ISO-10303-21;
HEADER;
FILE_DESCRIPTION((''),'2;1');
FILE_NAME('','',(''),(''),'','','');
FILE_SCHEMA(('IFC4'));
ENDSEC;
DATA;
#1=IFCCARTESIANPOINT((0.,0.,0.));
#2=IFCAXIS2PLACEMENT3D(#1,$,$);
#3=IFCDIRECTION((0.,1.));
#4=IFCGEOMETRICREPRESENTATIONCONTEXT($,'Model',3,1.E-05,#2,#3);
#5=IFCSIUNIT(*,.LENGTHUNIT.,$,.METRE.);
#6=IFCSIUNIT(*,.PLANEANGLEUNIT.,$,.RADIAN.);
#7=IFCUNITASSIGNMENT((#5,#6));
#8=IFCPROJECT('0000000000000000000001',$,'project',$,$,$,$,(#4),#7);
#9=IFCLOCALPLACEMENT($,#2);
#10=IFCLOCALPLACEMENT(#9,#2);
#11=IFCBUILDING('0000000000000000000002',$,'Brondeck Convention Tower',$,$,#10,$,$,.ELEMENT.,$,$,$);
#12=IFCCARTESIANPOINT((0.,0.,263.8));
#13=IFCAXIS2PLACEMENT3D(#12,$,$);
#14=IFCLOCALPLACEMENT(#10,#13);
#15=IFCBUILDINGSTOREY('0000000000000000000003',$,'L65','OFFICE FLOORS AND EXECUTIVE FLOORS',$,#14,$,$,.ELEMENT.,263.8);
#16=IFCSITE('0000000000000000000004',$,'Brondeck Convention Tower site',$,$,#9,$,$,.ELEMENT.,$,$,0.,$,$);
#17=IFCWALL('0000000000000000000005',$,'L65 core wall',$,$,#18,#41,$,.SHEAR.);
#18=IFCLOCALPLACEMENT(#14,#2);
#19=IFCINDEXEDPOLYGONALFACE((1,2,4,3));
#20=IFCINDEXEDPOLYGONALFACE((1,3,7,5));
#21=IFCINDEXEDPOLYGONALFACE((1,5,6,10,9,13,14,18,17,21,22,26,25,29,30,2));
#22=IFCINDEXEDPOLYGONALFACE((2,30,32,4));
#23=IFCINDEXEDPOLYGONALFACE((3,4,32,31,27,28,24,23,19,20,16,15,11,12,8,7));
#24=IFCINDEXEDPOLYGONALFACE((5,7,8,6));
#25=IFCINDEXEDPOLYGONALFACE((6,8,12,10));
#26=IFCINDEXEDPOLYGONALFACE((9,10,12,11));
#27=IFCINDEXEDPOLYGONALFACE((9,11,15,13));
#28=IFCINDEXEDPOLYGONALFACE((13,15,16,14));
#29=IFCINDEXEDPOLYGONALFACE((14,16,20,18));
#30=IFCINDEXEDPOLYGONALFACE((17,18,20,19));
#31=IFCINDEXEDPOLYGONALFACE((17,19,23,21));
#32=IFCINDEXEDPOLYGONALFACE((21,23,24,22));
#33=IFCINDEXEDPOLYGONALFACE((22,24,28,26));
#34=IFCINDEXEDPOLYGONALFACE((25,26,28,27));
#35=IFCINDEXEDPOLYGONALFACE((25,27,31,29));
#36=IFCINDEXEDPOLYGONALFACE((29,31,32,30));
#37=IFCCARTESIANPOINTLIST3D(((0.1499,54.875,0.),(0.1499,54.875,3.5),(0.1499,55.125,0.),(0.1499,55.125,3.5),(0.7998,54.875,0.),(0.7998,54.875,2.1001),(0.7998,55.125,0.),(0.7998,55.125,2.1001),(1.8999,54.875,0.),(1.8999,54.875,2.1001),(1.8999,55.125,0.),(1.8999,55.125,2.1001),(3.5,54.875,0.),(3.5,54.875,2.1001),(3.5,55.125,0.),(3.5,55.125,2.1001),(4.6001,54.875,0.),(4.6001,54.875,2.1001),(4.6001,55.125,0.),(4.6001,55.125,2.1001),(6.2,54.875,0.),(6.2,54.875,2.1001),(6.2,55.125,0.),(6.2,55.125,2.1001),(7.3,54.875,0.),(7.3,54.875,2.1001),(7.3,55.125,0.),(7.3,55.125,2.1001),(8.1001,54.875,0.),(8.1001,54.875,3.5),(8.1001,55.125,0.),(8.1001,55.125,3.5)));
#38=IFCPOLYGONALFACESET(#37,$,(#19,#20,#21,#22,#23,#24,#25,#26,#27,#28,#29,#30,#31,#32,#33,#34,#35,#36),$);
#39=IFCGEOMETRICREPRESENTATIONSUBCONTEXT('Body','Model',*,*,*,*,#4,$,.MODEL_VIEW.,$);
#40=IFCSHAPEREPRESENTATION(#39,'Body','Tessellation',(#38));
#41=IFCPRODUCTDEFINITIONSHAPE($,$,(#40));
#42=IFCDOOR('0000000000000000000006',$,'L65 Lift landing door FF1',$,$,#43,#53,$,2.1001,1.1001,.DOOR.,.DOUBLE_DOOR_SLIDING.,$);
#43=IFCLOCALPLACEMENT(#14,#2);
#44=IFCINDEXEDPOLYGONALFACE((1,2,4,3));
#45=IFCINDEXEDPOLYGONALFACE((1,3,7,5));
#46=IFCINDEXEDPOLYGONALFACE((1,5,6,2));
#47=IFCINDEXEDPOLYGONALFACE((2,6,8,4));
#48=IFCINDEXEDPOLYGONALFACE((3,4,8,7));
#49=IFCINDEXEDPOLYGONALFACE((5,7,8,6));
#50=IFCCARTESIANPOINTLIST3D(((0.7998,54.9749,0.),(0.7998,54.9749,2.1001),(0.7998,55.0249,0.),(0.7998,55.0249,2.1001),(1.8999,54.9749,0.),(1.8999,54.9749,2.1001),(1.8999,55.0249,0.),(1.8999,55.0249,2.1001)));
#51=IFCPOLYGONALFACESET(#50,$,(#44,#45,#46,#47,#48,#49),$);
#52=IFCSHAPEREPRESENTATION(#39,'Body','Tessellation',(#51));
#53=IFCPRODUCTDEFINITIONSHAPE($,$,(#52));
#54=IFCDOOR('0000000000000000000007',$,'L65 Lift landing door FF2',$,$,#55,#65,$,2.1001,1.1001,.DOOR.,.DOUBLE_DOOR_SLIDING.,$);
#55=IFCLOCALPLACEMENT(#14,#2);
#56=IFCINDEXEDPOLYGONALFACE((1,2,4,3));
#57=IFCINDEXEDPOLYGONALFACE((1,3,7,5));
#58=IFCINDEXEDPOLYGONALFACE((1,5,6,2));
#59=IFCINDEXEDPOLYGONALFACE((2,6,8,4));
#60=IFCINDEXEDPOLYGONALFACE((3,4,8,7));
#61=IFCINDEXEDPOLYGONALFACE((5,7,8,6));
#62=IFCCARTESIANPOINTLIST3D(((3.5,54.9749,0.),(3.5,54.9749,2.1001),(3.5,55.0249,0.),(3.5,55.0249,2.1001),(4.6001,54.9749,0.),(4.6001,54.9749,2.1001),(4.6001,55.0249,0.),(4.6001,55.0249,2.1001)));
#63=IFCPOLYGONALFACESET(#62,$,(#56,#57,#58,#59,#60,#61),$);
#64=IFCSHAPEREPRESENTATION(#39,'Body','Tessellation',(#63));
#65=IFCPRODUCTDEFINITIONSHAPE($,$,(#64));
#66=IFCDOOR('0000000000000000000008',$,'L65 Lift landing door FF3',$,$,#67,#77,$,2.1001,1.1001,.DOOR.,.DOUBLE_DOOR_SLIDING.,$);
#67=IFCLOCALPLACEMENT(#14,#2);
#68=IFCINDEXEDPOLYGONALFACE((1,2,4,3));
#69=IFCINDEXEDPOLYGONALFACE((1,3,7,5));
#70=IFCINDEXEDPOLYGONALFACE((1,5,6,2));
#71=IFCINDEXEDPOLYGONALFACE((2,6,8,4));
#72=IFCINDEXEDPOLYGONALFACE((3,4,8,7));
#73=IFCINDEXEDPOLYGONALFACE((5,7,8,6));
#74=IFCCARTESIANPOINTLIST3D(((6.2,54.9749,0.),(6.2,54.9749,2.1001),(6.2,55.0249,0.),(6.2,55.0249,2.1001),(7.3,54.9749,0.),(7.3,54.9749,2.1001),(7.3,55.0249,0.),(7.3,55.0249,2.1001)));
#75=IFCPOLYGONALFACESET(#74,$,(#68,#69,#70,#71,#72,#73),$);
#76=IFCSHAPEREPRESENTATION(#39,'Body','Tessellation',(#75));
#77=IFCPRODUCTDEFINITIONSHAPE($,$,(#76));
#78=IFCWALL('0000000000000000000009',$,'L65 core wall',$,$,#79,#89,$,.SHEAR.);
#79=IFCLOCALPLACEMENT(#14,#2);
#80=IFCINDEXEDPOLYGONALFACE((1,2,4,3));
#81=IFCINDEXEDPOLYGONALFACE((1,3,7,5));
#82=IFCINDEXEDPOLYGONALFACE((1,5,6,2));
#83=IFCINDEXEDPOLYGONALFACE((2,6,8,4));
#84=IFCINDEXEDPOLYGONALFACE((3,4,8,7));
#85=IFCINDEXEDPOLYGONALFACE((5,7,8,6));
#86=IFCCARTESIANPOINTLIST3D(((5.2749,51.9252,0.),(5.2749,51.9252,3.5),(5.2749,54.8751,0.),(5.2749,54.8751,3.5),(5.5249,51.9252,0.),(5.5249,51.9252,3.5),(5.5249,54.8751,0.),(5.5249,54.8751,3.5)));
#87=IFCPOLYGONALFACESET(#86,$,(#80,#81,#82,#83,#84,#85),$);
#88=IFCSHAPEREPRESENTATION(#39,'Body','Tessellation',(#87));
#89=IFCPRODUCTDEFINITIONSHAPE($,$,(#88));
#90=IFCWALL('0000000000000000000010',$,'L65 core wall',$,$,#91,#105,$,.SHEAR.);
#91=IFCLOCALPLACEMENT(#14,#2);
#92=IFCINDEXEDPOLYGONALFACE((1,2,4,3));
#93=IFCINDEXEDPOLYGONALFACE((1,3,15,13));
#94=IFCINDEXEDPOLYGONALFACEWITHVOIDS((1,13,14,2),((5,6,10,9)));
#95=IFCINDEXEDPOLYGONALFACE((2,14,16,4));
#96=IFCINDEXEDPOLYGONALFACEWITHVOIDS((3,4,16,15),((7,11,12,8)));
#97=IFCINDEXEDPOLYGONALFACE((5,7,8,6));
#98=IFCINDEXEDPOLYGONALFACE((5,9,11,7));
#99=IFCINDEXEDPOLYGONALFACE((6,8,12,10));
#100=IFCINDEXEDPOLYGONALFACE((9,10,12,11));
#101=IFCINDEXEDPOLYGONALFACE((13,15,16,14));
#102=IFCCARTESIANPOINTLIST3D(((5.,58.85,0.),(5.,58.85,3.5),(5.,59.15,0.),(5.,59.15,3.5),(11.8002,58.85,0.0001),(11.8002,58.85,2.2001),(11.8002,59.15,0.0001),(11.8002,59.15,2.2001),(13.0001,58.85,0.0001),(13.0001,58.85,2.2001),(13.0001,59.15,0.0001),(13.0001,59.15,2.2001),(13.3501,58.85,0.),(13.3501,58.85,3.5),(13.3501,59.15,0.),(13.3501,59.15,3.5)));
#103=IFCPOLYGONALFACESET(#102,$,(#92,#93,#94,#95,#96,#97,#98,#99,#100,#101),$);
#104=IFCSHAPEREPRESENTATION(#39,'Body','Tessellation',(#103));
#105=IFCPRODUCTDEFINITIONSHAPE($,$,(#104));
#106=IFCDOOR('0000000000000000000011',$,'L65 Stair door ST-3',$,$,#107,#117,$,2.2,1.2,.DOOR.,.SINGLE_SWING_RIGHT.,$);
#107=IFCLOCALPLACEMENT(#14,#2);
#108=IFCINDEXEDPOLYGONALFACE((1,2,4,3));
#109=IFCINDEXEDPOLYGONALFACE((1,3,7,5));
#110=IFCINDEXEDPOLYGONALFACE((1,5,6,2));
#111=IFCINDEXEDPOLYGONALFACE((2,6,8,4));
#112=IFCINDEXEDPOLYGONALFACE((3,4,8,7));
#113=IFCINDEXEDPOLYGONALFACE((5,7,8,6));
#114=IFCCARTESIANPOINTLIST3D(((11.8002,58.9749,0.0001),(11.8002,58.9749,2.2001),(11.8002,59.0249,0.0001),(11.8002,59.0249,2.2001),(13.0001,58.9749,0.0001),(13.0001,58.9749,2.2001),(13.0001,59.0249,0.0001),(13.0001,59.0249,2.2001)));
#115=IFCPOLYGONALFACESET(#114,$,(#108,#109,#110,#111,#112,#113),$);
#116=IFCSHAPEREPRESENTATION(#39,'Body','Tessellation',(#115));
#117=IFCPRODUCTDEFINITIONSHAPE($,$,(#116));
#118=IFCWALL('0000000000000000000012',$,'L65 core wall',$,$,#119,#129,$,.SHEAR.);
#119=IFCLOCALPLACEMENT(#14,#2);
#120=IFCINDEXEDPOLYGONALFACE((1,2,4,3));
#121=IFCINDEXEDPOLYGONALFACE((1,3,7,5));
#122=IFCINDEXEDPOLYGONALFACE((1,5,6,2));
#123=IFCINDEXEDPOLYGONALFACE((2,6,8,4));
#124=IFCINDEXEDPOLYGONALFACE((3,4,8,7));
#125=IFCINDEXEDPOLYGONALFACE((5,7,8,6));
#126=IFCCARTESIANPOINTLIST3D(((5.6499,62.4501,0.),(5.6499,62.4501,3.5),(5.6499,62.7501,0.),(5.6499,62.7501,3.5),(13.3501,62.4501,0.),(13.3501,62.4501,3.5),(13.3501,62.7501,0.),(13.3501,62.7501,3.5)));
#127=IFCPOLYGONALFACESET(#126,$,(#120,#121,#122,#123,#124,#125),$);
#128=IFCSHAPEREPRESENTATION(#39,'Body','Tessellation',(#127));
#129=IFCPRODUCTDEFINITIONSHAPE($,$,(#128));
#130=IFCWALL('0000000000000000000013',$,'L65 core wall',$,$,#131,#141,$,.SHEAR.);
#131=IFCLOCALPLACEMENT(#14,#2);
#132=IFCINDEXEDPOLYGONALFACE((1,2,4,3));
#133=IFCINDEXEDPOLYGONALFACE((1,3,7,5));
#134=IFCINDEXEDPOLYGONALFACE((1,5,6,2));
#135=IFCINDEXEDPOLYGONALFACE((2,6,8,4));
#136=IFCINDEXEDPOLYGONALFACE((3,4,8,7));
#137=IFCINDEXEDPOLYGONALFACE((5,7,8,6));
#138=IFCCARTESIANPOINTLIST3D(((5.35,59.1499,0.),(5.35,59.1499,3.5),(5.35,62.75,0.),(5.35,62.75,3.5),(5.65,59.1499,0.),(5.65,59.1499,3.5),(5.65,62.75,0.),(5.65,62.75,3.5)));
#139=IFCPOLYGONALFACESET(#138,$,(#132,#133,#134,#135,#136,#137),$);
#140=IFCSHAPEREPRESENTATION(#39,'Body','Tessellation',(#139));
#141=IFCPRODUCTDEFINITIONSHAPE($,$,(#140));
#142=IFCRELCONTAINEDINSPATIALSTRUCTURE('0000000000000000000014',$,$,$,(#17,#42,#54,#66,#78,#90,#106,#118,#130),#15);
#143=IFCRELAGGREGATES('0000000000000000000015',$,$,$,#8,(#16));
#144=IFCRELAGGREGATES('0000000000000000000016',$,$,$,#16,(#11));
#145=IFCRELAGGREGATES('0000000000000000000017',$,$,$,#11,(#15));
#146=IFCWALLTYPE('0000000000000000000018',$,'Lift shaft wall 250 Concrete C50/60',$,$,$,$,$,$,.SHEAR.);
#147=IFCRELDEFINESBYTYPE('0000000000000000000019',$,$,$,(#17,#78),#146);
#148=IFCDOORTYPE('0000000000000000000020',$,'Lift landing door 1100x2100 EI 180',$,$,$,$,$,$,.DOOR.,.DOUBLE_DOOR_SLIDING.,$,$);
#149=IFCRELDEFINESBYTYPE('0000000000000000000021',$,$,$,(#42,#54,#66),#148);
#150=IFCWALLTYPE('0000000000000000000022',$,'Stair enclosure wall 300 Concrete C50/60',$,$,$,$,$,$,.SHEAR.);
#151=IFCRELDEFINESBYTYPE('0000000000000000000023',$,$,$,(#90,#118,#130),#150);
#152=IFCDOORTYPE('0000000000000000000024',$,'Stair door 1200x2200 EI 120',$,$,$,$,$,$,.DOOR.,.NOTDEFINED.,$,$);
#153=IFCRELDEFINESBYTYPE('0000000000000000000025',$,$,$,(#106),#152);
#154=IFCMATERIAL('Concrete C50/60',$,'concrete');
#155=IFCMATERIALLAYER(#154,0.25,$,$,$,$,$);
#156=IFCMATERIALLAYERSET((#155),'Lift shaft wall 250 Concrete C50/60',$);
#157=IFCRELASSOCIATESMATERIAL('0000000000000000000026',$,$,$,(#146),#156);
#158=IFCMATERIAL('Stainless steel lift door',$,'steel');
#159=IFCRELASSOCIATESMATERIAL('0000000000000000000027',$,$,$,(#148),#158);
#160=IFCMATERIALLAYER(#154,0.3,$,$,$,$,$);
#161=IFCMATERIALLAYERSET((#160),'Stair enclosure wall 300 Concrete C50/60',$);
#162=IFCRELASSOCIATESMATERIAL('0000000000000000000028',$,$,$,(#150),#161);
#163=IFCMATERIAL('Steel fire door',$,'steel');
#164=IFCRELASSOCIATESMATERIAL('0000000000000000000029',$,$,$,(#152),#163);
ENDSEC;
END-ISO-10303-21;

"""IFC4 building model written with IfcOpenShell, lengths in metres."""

from ifc_helpers import new_model, si_unit, direction, frame, frame_2d, origin, place, context, subcontext, project, spatial, rectangle, extrude, material, layer, layer_set, type_object, element, fill, save


model = new_model("IFC4")

# Units and contexts
model_context = context("Model", 3, precision=1e-05, world=origin(), true_north=direction((0.0, 1.0)))
body_context = subcontext(model_context, "Body", "Model", "MODEL_VIEW")
ifc_project = project(units=[si_unit("LENGTHUNIT", "METRE"), si_unit("PLANEANGLEUNIT", "RADIAN")], contexts=[model_context])

# Site, building, storey
site_placement = place(None, origin())
site = spatial("IfcSite", under=ifc_project, at=site_placement, Name="Brondeck Convention Tower site", CompositionType="ELEMENT", RefElevation=0.0)
building_placement = place(site_placement, origin())
building = spatial("IfcBuilding", under=site, at=building_placement, Name="Brondeck Convention Tower", CompositionType="ELEMENT")
storey_placement = place(building_placement, frame((0.0, 0.0, 263.8)))
storey = spatial("IfcBuildingStorey", under=building, at=storey_placement, Name="L65", Description="OFFICE FLOORS AND EXECUTIVE FLOORS", CompositionType="ELEMENT", Elevation=263.8)

# Shared definitions
ifc_material_1 = material(Name="Concrete C50/60", Category="concrete")

# Wall, openings, doors
ifc_layer_1 = layer(ifc_material_1, 0.25)
ifc_layer_set_1 = layer_set([ifc_layer_1], Name="Lift shaft wall 250 Concrete C50/60")
wall_type_1 = type_object("IfcWallType", Name="Lift shaft wall 250 Concrete C50/60", PredefinedType="SHEAR", material=ifc_layer_set_1)
wall_1_placement = place(storey_placement, frame((0.1499, 55.0, 0.0), z_axis=(0.0, 0.0, 1.0), x_axis=(1.0, 0.0, 0.0)))
wall_1 = element("IfcWall", 1, at=wall_1_placement, inside=storey, type_object=wall_type_1, Name="L65 core wall", PredefinedType="SHEAR", context=body_context, shape_type="SweptSolid", body=[
    extrude(rectangle(XDim=7.9502, YDim=0.25, at=frame_2d((3.9751, 0.0))), origin(), (0.0, 0.0, 1.0), 3.5),
])
opening_1_placement = place(wall_1_placement, frame((0.6499, 0.0, 0.0)))
opening_1 = element("IfcOpeningElement", 2, at=opening_1_placement, cuts=wall_1, PredefinedType="OPENING", context=body_context, shape_type="SweptSolid", body=[
    extrude(rectangle(XDim=1.1001, YDim=2.1001, at=frame_2d((0.55, 1.05))), frame((0.0, 0.135, 0.0), z_axis=(0.0, -1.0, 0.0), x_axis=(1.0, 0.0, 0.0)), (0.0, 0.0, 1.0), 0.27),
])
opening_2_placement = place(wall_1_placement, frame((3.3501, 0.0, 0.0)))
opening_2 = element("IfcOpeningElement", 3, at=opening_2_placement, cuts=wall_1, PredefinedType="OPENING", context=body_context, shape_type="SweptSolid", body=[
    extrude(rectangle(XDim=1.1001, YDim=2.1001, at=frame_2d((0.55, 1.05))), frame((0.0, 0.135, 0.0), z_axis=(0.0, -1.0, 0.0), x_axis=(1.0, 0.0, 0.0)), (0.0, 0.0, 1.0), 0.27),
])
opening_3_placement = place(wall_1_placement, frame((6.05, 0.0, 0.0)))
opening_3 = element("IfcOpeningElement", 4, at=opening_3_placement, cuts=wall_1, PredefinedType="OPENING", context=body_context, shape_type="SweptSolid", body=[
    extrude(rectangle(XDim=1.1001, YDim=2.1001, at=frame_2d((0.55, 1.05))), frame((0.0, 0.135, 0.0), z_axis=(0.0, -1.0, 0.0), x_axis=(1.0, 0.0, 0.0)), (0.0, 0.0, 1.0), 0.27),
])
ifc_material_2 = material(Name="Stainless steel lift door", Category="steel")
door_type_1 = type_object("IfcDoorType", Name="Lift landing door 1100x2100 EI 180", OperationType="DOUBLE_DOOR_SLIDING", PredefinedType="DOOR", material=ifc_material_2)
door_1_placement = place(opening_1_placement, origin())
door_1 = element("IfcDoor", 5, at=door_1_placement, inside=storey, type_object=door_type_1, Name="L65 Lift landing door FF1", OperationType="DOUBLE_DOOR_SLIDING", OverallHeight=2.1001, OverallWidth=1.1001, PredefinedType="DOOR", context=body_context, shape_type="SweptSolid", body=[
    extrude(rectangle(XDim=1.1001, YDim=2.1001, at=frame_2d((0.55, 1.05))), frame((0.0, 0.0249, 0.0), z_axis=(0.0, -1.0, 0.0), x_axis=(1.0, 0.0, 0.0)), (0.0, 0.0, 1.0), 0.05),
])
fill(opening_1, door_1)
door_2_placement = place(opening_2_placement, origin())
door_2 = element("IfcDoor", 6, at=door_2_placement, inside=storey, type_object=door_type_1, Name="L65 Lift landing door FF2", OperationType="DOUBLE_DOOR_SLIDING", OverallHeight=2.1001, OverallWidth=1.1001, PredefinedType="DOOR", context=body_context, shape_type="SweptSolid", body=[
    extrude(rectangle(XDim=1.1001, YDim=2.1001, at=frame_2d((0.55, 1.05))), frame((0.0, 0.0249, 0.0), z_axis=(0.0, -1.0, 0.0), x_axis=(1.0, 0.0, 0.0)), (0.0, 0.0, 1.0), 0.05),
])
fill(opening_2, door_2)
door_3_placement = place(opening_3_placement, origin())
door_3 = element("IfcDoor", 7, at=door_3_placement, inside=storey, type_object=door_type_1, Name="L65 Lift landing door FF3", OperationType="DOUBLE_DOOR_SLIDING", OverallHeight=2.1001, OverallWidth=1.1001, PredefinedType="DOOR", context=body_context, shape_type="SweptSolid", body=[
    extrude(rectangle(XDim=1.1001, YDim=2.1001, at=frame_2d((0.55, 1.05))), frame((0.0, 0.0249, 0.0), z_axis=(0.0, -1.0, 0.0), x_axis=(1.0, 0.0, 0.0)), (0.0, 0.0, 1.0), 0.05),
])
fill(opening_3, door_3)

# Wall
wall_2_placement = place(storey_placement, frame((5.3999, 51.925, 0.0), z_axis=(0.0, 0.0, 1.0), x_axis=(0.0, 1.0, 0.0)))
element("IfcWall", 8, at=wall_2_placement, inside=storey, type_object=wall_type_1, Name="L65 core wall", PredefinedType="SHEAR", context=body_context, shape_type="SweptSolid", body=[
    extrude(rectangle(XDim=2.95, YDim=0.25, at=frame_2d((1.4751, 0.0))), origin(), (0.0, 0.0, 1.0), 3.5),
])

# Wall, opening, door
ifc_layer_2 = layer(ifc_material_1, 0.3)
ifc_layer_set_2 = layer_set([ifc_layer_2], Name="Stair enclosure wall 300 Concrete C50/60")
wall_type_2 = type_object("IfcWallType", Name="Stair enclosure wall 300 Concrete C50/60", PredefinedType="SHEAR", material=ifc_layer_set_2)
wall_3_placement = place(storey_placement, frame((5.0, 59.0, 0.0), z_axis=(0.0, 0.0, 1.0), x_axis=(1.0, 0.0, 0.0)))
wall_3 = element("IfcWall", 9, at=wall_3_placement, inside=storey, type_object=wall_type_2, Name="L65 core wall", PredefinedType="SHEAR", context=body_context, shape_type="SweptSolid", body=[
    extrude(rectangle(XDim=8.3501, YDim=0.3, at=frame_2d((4.175, 0.0))), origin(), (0.0, 0.0, 1.0), 3.5),
])
opening_4_placement = place(wall_3_placement, frame((6.8, 0.0, 0.0)))
opening_4 = element("IfcOpeningElement", 10, at=opening_4_placement, cuts=wall_3, PredefinedType="OPENING", context=body_context, shape_type="SweptSolid", body=[
    extrude(rectangle(XDim=1.2, YDim=2.2, at=frame_2d((0.6001, 1.1001))), frame((0.0, 0.1599, 0.0), z_axis=(0.0, -1.0, 0.0), x_axis=(1.0, 0.0, 0.0)), (0.0, 0.0, 1.0), 0.3201),
])
ifc_material_3 = material(Name="Steel fire door", Category="steel")
door_type_2 = type_object("IfcDoorType", Name="Stair door 1200x2200 EI 120", OperationType="NOTDEFINED", PredefinedType="DOOR", material=ifc_material_3)
door_4_placement = place(opening_4_placement, origin())
door_4 = element("IfcDoor", 11, at=door_4_placement, inside=storey, type_object=door_type_2, Name="L65 Stair door ST-3", OperationType="SINGLE_SWING_RIGHT", OverallHeight=2.2, OverallWidth=1.2, PredefinedType="DOOR", context=body_context, shape_type="SweptSolid", body=[
    extrude(rectangle(XDim=1.2, YDim=2.2, at=frame_2d((0.6001, 1.1001))), frame((0.0, 0.0249, 0.0), z_axis=(0.0, -1.0, 0.0), x_axis=(1.0, 0.0, 0.0)), (0.0, 0.0, 1.0), 0.05),
])
fill(opening_4, door_4)

# Walls
wall_4_placement = place(storey_placement, frame((5.6499, 62.6001, 0.0), z_axis=(0.0, 0.0, 1.0), x_axis=(1.0, 0.0, 0.0)))
element("IfcWall", 12, at=wall_4_placement, inside=storey, type_object=wall_type_2, Name="L65 core wall", PredefinedType="SHEAR", context=body_context, shape_type="SweptSolid", body=[
    extrude(rectangle(XDim=7.7002, YDim=0.3, at=frame_2d((3.8501, 0.0))), origin(), (0.0, 0.0, 1.0), 3.5),
])
wall_5_placement = place(storey_placement, frame((5.5, 59.1499, 0.0), z_axis=(0.0, 0.0, 1.0), x_axis=(0.0, 1.0, 0.0)))
element("IfcWall", 13, at=wall_5_placement, inside=storey, type_object=wall_type_2, Name="L65 core wall", PredefinedType="SHEAR", context=body_context, shape_type="SweptSolid", body=[
    extrude(rectangle(XDim=3.6001, YDim=0.3, at=frame_2d((1.8, 0.0))), origin(), (0.0, 0.0, 1.0), 3.5),
])

save(model, "model.ifc")
